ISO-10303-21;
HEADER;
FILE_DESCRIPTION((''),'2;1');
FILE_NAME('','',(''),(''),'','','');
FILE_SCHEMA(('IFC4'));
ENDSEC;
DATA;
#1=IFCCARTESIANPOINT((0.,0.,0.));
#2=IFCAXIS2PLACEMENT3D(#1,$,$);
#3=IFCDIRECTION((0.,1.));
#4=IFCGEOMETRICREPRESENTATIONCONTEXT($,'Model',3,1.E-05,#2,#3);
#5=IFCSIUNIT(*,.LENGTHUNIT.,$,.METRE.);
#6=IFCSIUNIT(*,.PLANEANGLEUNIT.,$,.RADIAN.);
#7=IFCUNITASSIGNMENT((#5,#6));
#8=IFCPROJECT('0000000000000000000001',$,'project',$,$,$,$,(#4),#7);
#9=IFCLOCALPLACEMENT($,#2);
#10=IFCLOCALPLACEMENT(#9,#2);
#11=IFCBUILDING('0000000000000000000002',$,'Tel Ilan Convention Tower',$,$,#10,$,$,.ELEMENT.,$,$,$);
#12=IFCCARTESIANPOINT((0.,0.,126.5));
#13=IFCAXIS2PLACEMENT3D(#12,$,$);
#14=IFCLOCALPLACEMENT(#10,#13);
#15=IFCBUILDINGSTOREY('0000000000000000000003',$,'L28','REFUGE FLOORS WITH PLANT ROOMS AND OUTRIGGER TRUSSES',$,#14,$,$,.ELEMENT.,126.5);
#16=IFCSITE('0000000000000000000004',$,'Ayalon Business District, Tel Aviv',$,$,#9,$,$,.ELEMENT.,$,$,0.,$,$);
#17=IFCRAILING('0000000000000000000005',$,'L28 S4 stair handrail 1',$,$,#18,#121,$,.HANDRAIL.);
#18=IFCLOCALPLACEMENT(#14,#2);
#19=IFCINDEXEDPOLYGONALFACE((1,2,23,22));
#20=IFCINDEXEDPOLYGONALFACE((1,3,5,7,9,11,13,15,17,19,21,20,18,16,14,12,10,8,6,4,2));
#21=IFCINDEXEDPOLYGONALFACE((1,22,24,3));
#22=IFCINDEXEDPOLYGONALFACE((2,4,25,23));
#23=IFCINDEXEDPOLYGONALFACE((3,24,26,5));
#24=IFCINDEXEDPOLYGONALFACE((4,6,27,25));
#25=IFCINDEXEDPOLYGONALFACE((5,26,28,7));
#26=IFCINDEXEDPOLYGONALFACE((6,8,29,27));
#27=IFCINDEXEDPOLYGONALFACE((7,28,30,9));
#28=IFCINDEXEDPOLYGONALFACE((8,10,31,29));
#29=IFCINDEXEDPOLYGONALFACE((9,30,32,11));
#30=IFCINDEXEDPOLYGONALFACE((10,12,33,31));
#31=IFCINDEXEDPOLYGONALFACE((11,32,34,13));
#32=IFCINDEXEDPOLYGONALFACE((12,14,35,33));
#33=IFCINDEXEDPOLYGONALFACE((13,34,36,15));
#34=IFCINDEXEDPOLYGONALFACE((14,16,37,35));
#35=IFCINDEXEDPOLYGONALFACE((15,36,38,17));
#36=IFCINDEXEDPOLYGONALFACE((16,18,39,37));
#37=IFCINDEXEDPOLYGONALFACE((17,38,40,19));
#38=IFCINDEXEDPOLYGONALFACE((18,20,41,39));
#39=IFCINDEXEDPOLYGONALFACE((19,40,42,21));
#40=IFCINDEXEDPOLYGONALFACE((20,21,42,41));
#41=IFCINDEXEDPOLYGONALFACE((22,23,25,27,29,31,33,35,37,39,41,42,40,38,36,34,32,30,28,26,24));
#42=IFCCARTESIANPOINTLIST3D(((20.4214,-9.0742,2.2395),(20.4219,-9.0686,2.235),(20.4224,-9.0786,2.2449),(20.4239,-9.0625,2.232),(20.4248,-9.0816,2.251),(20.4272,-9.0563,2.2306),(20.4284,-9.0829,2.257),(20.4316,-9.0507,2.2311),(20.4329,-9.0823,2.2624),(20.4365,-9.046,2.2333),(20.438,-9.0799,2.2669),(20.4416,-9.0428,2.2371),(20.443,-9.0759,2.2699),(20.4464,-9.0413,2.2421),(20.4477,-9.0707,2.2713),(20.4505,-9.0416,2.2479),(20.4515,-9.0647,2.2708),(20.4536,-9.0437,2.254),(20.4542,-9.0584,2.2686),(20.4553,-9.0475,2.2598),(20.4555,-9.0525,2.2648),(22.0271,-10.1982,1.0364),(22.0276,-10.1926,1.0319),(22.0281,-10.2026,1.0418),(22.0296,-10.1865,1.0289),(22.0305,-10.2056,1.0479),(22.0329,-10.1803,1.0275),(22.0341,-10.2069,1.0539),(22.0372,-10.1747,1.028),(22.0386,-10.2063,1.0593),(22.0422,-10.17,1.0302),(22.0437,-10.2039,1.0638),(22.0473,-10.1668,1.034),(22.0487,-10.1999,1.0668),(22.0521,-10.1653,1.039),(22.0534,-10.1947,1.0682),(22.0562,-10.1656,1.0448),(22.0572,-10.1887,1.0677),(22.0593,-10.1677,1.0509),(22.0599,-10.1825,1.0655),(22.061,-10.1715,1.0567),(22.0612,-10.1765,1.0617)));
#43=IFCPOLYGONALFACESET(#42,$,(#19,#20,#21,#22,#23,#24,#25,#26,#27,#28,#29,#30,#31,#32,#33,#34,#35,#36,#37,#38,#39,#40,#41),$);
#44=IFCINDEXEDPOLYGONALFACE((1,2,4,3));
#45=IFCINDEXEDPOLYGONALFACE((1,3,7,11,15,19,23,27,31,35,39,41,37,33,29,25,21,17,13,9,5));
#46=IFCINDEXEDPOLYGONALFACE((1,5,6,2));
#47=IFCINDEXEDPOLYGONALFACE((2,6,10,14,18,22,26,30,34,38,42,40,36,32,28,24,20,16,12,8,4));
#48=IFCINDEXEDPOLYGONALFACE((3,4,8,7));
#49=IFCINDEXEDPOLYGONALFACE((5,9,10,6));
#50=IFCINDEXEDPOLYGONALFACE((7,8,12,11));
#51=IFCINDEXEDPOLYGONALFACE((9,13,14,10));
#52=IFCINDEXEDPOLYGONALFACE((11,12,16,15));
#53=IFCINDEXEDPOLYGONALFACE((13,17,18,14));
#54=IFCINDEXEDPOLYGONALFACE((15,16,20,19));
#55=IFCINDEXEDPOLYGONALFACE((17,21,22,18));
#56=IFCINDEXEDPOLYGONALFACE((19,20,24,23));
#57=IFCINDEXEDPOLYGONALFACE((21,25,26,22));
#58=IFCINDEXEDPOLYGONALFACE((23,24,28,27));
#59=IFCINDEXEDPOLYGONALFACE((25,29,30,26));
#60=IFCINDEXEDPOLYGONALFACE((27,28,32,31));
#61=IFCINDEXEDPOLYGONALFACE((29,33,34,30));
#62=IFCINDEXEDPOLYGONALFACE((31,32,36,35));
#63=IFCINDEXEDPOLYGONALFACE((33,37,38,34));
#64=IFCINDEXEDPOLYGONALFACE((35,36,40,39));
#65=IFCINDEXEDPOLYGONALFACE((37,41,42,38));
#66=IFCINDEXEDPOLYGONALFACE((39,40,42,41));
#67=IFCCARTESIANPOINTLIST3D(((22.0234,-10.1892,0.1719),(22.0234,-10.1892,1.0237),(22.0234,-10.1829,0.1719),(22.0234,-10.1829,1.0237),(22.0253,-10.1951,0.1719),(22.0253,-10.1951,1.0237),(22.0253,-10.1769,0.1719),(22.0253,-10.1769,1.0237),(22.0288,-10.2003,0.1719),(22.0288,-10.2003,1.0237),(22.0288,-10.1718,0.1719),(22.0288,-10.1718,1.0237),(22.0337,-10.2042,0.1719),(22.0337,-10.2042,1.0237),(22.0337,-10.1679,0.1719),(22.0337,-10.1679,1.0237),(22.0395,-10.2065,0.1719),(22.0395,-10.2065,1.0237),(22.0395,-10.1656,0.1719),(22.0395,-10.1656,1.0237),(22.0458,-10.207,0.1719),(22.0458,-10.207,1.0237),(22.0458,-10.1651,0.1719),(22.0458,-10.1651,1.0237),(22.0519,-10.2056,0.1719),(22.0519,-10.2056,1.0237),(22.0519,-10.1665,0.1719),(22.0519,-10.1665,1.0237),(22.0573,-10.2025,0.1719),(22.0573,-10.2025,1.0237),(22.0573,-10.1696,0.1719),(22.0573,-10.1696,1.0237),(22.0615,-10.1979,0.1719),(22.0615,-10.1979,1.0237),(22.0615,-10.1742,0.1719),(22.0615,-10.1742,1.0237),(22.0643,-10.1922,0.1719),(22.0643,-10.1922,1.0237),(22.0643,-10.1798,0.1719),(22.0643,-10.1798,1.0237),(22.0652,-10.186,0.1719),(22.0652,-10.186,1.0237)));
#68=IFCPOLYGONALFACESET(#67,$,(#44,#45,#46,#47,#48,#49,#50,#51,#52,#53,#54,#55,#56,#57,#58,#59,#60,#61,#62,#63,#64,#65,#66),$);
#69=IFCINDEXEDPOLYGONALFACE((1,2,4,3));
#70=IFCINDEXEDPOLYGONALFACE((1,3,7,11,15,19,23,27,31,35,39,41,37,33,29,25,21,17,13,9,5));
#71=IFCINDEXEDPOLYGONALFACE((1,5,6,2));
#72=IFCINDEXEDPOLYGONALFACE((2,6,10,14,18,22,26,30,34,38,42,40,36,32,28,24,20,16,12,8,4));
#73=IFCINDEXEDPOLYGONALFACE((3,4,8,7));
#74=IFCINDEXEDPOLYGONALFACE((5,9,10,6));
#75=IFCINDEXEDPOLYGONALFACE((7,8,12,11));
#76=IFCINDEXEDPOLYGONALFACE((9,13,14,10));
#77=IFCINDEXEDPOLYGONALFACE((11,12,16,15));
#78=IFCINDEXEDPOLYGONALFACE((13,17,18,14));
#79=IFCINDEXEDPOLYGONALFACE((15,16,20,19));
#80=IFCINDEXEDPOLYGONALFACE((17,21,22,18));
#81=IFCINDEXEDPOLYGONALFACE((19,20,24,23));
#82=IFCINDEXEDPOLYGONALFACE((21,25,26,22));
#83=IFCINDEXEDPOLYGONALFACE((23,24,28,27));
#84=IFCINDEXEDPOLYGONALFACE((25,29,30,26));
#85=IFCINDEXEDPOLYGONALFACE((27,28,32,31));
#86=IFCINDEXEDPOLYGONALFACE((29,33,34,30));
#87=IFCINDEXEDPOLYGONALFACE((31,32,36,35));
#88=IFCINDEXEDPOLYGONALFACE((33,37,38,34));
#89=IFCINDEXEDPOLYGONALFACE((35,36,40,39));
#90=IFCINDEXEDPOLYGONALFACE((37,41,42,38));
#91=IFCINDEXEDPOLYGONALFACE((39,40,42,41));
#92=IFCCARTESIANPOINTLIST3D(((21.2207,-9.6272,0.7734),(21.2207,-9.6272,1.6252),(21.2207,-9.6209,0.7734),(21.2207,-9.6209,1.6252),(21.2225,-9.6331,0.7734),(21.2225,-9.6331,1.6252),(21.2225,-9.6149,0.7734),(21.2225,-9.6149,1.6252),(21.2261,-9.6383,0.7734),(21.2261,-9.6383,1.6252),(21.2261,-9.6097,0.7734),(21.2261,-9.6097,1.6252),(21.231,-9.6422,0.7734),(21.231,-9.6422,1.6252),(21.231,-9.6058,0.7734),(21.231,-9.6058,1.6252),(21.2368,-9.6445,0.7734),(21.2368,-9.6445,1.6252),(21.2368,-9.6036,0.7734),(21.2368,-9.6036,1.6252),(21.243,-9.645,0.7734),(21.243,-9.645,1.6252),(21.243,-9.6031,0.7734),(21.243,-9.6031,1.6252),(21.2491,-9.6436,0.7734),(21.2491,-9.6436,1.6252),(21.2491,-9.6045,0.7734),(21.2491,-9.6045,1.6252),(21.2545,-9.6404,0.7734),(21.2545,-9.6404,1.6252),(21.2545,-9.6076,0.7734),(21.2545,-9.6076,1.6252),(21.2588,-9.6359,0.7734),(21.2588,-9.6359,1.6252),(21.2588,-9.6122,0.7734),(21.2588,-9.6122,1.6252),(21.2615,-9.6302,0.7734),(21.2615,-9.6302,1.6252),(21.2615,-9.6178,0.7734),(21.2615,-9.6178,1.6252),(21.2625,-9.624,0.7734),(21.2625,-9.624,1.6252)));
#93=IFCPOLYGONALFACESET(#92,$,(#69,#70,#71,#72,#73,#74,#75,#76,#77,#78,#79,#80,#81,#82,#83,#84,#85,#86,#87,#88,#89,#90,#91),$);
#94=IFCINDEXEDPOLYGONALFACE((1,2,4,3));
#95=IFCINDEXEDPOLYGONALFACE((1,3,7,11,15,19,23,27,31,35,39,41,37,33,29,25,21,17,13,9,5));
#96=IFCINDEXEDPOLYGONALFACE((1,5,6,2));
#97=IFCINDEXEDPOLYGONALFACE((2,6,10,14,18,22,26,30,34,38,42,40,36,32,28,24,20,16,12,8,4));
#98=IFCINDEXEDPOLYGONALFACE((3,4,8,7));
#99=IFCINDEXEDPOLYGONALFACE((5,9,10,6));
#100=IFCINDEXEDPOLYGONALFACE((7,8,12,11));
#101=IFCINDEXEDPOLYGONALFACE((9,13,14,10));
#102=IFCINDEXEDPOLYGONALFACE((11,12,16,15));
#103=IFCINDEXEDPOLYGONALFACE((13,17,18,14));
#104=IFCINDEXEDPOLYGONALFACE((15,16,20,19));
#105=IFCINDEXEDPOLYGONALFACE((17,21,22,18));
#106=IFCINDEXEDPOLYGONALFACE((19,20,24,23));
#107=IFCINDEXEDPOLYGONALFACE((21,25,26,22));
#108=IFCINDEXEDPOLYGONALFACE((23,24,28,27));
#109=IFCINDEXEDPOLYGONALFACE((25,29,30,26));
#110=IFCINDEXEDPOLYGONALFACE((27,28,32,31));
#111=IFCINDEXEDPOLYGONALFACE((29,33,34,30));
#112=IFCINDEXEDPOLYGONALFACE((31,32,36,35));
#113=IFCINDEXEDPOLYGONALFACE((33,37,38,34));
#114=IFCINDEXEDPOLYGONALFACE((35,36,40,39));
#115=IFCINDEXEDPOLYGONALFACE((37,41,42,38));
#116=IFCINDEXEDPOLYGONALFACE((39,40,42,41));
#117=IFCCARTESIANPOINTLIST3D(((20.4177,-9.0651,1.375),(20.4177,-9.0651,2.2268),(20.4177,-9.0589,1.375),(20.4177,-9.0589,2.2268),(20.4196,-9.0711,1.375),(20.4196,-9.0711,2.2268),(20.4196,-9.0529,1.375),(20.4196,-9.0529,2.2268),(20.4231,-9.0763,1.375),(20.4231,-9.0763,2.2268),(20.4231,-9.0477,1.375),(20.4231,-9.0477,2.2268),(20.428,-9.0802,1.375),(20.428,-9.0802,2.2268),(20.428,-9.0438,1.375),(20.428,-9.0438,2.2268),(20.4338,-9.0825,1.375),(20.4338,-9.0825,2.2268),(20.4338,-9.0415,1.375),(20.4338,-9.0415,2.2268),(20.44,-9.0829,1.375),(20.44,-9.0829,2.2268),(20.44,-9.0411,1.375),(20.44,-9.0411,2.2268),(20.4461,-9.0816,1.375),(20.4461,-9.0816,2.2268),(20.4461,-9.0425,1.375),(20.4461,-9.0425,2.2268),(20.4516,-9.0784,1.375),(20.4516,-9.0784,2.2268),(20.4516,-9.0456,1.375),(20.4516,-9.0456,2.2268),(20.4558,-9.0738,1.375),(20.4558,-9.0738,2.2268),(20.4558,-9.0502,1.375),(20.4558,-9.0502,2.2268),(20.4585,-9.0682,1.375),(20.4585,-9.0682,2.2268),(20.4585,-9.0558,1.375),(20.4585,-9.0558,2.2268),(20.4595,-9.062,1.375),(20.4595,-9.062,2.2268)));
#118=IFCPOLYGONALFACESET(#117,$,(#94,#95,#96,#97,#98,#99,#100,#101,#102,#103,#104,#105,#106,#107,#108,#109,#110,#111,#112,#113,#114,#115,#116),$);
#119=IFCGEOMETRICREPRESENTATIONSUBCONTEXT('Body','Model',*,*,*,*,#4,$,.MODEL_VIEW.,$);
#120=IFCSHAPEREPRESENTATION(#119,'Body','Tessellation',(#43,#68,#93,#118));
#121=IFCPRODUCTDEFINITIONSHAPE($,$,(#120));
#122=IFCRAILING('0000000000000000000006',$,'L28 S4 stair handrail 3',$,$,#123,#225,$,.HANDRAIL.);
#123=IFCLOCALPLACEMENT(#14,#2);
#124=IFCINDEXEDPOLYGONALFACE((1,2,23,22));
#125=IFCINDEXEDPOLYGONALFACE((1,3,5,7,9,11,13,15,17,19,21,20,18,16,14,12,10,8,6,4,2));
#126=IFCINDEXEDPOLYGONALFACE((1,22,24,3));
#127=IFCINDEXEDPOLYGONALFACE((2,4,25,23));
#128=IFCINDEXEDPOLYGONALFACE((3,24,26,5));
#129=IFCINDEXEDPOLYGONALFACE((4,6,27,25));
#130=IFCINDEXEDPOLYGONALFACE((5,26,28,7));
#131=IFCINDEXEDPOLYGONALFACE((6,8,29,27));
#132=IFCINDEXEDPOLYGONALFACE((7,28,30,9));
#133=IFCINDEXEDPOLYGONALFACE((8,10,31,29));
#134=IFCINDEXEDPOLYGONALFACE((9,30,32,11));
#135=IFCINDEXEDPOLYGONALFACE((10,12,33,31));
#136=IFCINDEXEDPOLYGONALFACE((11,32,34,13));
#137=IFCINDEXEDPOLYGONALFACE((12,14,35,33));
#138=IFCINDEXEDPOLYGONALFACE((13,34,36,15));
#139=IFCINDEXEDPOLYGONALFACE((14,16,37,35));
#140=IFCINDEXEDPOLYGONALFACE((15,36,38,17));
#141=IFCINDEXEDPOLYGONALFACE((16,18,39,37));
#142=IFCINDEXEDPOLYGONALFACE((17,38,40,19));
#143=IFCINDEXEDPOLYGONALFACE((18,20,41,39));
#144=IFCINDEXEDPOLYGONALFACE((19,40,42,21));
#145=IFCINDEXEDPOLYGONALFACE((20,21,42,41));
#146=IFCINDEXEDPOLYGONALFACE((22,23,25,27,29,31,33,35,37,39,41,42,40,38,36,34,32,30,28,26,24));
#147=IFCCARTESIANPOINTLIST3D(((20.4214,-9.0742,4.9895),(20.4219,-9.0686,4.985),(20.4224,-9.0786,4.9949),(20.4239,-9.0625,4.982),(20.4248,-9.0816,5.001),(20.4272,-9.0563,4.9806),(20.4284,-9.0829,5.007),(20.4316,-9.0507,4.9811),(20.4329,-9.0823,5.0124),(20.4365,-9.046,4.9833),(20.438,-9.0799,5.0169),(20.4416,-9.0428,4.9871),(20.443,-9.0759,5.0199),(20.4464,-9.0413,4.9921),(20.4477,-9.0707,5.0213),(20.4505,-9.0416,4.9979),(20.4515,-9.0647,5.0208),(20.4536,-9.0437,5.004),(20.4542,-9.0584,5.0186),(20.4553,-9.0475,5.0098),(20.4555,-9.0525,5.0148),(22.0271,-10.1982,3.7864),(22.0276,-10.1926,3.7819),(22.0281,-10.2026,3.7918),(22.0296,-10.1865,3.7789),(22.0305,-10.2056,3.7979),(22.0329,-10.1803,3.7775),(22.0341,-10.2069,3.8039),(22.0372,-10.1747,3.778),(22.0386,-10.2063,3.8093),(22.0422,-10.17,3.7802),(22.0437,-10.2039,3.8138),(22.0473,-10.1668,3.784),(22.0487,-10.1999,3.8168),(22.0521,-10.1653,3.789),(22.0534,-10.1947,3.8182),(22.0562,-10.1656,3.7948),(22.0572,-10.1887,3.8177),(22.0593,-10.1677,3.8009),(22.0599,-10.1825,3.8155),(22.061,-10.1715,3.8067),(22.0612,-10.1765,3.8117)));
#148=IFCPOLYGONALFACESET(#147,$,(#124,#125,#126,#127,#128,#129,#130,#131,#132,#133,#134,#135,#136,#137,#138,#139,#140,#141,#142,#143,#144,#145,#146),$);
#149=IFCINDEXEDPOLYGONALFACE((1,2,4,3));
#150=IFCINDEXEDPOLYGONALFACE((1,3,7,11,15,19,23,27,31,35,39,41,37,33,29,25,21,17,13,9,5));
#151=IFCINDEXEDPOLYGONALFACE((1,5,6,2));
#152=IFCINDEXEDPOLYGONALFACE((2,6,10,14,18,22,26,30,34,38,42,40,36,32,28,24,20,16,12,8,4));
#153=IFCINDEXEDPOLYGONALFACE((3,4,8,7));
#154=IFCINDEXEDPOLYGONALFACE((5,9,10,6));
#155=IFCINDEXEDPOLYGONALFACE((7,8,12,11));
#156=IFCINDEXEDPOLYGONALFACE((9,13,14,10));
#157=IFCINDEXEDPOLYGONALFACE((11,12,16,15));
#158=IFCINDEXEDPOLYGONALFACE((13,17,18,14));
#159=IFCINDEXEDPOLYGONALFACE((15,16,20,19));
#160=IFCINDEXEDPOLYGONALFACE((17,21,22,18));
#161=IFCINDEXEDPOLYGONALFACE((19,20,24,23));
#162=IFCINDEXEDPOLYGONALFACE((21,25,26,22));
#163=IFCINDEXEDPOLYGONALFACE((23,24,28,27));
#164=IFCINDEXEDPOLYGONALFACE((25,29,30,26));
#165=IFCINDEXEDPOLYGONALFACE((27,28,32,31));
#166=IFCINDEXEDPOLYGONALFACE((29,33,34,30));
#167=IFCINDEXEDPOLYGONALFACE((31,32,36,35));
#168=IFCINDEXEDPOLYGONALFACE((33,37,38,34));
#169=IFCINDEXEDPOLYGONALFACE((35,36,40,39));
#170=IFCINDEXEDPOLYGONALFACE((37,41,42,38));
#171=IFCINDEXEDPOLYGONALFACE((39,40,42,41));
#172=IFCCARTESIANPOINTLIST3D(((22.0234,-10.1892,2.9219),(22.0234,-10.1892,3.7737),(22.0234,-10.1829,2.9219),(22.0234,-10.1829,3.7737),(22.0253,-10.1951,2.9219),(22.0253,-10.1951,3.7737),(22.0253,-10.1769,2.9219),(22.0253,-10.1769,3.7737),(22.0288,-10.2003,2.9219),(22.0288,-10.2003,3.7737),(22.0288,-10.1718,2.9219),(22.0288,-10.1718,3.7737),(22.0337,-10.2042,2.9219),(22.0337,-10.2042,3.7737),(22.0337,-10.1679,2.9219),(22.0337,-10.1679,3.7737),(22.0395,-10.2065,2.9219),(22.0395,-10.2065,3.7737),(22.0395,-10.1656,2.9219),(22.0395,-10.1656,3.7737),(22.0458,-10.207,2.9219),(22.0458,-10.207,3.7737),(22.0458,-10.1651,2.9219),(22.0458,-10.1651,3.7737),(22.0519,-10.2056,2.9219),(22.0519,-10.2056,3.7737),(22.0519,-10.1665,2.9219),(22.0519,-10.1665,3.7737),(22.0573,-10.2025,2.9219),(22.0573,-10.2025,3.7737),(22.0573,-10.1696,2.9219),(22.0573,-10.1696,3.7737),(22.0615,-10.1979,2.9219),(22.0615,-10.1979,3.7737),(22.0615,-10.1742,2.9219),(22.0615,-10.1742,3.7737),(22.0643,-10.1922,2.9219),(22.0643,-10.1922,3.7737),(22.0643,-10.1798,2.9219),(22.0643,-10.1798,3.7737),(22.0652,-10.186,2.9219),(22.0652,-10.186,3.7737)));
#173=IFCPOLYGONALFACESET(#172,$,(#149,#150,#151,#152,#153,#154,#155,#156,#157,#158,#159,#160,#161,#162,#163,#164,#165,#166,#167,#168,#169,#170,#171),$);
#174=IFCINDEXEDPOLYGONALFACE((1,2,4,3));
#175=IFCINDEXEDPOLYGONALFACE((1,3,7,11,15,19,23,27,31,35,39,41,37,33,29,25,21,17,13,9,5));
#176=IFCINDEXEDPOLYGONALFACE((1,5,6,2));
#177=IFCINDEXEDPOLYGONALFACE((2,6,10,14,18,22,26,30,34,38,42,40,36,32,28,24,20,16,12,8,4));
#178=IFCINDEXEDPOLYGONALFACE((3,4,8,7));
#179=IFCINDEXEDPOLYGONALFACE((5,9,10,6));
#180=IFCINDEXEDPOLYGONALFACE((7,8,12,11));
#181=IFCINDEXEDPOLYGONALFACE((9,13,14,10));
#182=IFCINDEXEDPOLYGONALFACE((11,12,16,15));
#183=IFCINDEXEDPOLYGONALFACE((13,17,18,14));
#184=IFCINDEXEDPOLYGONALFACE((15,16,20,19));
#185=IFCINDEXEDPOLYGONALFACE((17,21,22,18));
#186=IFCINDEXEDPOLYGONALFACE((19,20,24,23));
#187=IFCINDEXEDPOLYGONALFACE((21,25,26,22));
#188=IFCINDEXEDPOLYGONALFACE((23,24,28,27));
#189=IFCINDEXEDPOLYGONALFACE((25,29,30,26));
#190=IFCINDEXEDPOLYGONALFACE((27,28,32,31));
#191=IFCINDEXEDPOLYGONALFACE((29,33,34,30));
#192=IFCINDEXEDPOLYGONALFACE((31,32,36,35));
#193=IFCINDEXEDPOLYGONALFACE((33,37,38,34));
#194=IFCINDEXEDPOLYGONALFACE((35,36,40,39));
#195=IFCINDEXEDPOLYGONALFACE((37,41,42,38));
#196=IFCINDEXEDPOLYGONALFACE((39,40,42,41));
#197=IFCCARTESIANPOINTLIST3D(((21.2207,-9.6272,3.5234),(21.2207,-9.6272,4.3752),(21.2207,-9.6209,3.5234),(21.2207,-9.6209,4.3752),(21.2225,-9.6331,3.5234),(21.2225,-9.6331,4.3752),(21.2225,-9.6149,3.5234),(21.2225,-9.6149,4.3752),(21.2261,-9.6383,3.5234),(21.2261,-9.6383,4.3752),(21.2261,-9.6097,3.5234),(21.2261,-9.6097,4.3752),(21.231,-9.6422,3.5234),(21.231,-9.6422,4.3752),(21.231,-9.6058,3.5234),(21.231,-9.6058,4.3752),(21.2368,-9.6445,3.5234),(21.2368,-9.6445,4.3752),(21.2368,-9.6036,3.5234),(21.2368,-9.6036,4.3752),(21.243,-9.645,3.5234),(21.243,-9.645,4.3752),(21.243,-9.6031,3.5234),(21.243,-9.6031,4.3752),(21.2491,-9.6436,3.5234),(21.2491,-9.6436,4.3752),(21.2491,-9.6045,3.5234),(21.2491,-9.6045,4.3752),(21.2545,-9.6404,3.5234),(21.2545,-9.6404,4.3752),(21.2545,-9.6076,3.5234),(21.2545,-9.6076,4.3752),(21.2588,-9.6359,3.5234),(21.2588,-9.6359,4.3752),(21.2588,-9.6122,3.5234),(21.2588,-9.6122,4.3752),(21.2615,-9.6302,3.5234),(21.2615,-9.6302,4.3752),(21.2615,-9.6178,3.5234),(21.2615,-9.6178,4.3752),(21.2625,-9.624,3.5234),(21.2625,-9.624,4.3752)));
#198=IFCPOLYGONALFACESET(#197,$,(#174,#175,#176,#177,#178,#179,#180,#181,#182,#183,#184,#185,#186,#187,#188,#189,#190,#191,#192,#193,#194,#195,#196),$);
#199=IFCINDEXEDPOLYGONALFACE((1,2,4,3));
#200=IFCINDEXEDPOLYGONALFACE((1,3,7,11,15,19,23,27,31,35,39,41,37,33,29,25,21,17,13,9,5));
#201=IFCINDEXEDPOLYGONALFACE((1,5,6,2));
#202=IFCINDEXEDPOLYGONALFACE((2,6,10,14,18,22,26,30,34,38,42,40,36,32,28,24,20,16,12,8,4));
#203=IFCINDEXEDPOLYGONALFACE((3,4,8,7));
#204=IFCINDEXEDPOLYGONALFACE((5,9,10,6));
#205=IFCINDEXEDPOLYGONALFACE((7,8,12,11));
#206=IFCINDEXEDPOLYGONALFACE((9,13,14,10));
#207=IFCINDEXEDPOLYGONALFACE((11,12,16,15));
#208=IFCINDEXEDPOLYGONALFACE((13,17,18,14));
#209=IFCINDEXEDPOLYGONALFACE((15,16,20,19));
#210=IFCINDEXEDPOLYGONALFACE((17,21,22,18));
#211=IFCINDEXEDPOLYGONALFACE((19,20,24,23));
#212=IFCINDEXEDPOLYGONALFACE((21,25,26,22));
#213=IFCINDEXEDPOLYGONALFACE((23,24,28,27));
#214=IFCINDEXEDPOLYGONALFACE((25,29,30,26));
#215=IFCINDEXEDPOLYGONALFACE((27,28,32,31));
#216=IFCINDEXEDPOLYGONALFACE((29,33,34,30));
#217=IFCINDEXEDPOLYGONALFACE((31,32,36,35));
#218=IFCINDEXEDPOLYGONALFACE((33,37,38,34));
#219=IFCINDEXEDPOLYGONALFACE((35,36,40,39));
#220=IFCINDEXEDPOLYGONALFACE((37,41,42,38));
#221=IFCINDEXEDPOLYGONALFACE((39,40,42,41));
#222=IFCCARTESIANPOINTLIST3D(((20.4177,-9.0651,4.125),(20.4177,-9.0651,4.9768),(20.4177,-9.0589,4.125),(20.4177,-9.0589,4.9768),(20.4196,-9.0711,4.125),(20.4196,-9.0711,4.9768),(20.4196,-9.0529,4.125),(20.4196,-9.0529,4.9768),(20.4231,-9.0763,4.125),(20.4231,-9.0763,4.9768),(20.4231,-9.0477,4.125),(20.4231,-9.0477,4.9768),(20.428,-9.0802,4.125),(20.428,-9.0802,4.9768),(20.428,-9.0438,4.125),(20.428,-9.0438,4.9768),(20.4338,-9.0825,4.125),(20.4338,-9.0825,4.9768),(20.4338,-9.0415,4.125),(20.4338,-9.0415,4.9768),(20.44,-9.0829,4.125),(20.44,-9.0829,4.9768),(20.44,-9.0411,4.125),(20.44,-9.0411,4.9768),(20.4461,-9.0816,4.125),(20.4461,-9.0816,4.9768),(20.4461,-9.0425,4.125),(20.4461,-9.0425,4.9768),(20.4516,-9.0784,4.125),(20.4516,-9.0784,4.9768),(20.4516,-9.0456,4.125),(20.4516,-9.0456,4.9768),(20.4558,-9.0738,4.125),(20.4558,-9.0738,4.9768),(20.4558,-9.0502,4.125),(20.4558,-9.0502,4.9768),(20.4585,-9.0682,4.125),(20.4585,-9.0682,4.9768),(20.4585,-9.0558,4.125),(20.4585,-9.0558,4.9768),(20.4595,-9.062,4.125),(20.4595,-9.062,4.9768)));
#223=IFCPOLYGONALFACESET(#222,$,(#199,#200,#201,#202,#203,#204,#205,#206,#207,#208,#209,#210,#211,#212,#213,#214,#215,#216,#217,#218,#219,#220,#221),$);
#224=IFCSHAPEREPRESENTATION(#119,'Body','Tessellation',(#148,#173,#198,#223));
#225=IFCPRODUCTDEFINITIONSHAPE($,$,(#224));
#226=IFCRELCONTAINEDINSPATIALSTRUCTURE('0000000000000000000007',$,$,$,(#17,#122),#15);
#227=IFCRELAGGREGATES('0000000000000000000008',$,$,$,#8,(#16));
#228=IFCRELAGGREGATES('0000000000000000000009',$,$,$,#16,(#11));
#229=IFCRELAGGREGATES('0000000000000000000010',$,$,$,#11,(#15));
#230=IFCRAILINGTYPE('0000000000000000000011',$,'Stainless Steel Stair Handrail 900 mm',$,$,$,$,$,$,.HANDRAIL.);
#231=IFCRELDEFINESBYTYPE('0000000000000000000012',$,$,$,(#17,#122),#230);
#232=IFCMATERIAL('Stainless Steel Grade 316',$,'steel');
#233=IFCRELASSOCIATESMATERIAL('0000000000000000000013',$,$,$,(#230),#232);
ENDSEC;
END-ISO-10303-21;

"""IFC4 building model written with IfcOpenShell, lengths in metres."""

from ifc_helpers import new_model, si_unit, direction, frame, origin, origin_2d, place, context, subcontext, project, spatial, circle, extrude, material, type_object, element, save


model = new_model("IFC4")

# Units and contexts
model_context = context("Model", 3, precision=1e-05, world=origin(), true_north=direction((0.0, 1.0)))
body_context = subcontext(model_context, "Body", "Model", "MODEL_VIEW")
ifc_project = project(units=[si_unit("LENGTHUNIT", "METRE"), si_unit("PLANEANGLEUNIT", "RADIAN")], contexts=[model_context])

# Site, building, storey
site_placement = place(None, origin())
site = spatial("IfcSite", under=ifc_project, at=site_placement, Name="Ayalon Business District, Tel Aviv", CompositionType="ELEMENT", RefElevation=0.0)
building_placement = place(site_placement, origin())
building = spatial("IfcBuilding", under=site, at=building_placement, Name="Tel Ilan Convention Tower", CompositionType="ELEMENT")
storey_placement = place(building_placement, frame((0.0, 0.0, 126.5)))
storey = spatial("IfcBuildingStorey", under=building, at=storey_placement, Name="L28", Description="REFUGE FLOORS WITH PLANT ROOMS AND OUTRIGGER TRUSSES", CompositionType="ELEMENT", Elevation=126.5)

# Railings
ifc_material_1 = material(Name="Stainless Steel Grade 316", Category="steel")
railing_type_1 = type_object("IfcRailingType", Name="Stainless Steel Stair Handrail 900 mm", PredefinedType="HANDRAIL", material=ifc_material_1)
for number, where, name in (
    (1, (22.0442, -10.186, 0.1719), "L28 S4 stair handrail 1"),
    (2, (22.0442, -10.186, 2.9219), "L28 S4 stair handrail 3"),
):
    element("IfcRailing", number, at=place(storey_placement, frame(where)), inside=storey, type_object=railing_type_1, Name=name, PredefinedType="HANDRAIL", context=body_context, shape_type="SweptSolid", body=[
        extrude(circle(Radius=0.0239, at=origin_2d()), frame((0.0, 0.0, 0.876), z_axis=(-0.698185, 0.48874, 0.523135), x_axis=(-0.573471, -0.819226, 0.0)), (0.0, 0.0, 1.0), 2.2998),
        extrude(circle(Radius=0.021, at=origin_2d()), origin(), (0.0, 0.0, 1.0), 0.8518),
        extrude(circle(Radius=0.021, at=origin_2d()), frame((-0.8027, 0.562, 0.6016)), (0.0, 0.0, 1.0), 0.8518),
        extrude(circle(Radius=0.021, at=origin_2d()), frame((-1.6057, 1.124, 1.2031)), (0.0, 0.0, 1.0), 0.8518),
    ])

save(model, "model.ifc")
